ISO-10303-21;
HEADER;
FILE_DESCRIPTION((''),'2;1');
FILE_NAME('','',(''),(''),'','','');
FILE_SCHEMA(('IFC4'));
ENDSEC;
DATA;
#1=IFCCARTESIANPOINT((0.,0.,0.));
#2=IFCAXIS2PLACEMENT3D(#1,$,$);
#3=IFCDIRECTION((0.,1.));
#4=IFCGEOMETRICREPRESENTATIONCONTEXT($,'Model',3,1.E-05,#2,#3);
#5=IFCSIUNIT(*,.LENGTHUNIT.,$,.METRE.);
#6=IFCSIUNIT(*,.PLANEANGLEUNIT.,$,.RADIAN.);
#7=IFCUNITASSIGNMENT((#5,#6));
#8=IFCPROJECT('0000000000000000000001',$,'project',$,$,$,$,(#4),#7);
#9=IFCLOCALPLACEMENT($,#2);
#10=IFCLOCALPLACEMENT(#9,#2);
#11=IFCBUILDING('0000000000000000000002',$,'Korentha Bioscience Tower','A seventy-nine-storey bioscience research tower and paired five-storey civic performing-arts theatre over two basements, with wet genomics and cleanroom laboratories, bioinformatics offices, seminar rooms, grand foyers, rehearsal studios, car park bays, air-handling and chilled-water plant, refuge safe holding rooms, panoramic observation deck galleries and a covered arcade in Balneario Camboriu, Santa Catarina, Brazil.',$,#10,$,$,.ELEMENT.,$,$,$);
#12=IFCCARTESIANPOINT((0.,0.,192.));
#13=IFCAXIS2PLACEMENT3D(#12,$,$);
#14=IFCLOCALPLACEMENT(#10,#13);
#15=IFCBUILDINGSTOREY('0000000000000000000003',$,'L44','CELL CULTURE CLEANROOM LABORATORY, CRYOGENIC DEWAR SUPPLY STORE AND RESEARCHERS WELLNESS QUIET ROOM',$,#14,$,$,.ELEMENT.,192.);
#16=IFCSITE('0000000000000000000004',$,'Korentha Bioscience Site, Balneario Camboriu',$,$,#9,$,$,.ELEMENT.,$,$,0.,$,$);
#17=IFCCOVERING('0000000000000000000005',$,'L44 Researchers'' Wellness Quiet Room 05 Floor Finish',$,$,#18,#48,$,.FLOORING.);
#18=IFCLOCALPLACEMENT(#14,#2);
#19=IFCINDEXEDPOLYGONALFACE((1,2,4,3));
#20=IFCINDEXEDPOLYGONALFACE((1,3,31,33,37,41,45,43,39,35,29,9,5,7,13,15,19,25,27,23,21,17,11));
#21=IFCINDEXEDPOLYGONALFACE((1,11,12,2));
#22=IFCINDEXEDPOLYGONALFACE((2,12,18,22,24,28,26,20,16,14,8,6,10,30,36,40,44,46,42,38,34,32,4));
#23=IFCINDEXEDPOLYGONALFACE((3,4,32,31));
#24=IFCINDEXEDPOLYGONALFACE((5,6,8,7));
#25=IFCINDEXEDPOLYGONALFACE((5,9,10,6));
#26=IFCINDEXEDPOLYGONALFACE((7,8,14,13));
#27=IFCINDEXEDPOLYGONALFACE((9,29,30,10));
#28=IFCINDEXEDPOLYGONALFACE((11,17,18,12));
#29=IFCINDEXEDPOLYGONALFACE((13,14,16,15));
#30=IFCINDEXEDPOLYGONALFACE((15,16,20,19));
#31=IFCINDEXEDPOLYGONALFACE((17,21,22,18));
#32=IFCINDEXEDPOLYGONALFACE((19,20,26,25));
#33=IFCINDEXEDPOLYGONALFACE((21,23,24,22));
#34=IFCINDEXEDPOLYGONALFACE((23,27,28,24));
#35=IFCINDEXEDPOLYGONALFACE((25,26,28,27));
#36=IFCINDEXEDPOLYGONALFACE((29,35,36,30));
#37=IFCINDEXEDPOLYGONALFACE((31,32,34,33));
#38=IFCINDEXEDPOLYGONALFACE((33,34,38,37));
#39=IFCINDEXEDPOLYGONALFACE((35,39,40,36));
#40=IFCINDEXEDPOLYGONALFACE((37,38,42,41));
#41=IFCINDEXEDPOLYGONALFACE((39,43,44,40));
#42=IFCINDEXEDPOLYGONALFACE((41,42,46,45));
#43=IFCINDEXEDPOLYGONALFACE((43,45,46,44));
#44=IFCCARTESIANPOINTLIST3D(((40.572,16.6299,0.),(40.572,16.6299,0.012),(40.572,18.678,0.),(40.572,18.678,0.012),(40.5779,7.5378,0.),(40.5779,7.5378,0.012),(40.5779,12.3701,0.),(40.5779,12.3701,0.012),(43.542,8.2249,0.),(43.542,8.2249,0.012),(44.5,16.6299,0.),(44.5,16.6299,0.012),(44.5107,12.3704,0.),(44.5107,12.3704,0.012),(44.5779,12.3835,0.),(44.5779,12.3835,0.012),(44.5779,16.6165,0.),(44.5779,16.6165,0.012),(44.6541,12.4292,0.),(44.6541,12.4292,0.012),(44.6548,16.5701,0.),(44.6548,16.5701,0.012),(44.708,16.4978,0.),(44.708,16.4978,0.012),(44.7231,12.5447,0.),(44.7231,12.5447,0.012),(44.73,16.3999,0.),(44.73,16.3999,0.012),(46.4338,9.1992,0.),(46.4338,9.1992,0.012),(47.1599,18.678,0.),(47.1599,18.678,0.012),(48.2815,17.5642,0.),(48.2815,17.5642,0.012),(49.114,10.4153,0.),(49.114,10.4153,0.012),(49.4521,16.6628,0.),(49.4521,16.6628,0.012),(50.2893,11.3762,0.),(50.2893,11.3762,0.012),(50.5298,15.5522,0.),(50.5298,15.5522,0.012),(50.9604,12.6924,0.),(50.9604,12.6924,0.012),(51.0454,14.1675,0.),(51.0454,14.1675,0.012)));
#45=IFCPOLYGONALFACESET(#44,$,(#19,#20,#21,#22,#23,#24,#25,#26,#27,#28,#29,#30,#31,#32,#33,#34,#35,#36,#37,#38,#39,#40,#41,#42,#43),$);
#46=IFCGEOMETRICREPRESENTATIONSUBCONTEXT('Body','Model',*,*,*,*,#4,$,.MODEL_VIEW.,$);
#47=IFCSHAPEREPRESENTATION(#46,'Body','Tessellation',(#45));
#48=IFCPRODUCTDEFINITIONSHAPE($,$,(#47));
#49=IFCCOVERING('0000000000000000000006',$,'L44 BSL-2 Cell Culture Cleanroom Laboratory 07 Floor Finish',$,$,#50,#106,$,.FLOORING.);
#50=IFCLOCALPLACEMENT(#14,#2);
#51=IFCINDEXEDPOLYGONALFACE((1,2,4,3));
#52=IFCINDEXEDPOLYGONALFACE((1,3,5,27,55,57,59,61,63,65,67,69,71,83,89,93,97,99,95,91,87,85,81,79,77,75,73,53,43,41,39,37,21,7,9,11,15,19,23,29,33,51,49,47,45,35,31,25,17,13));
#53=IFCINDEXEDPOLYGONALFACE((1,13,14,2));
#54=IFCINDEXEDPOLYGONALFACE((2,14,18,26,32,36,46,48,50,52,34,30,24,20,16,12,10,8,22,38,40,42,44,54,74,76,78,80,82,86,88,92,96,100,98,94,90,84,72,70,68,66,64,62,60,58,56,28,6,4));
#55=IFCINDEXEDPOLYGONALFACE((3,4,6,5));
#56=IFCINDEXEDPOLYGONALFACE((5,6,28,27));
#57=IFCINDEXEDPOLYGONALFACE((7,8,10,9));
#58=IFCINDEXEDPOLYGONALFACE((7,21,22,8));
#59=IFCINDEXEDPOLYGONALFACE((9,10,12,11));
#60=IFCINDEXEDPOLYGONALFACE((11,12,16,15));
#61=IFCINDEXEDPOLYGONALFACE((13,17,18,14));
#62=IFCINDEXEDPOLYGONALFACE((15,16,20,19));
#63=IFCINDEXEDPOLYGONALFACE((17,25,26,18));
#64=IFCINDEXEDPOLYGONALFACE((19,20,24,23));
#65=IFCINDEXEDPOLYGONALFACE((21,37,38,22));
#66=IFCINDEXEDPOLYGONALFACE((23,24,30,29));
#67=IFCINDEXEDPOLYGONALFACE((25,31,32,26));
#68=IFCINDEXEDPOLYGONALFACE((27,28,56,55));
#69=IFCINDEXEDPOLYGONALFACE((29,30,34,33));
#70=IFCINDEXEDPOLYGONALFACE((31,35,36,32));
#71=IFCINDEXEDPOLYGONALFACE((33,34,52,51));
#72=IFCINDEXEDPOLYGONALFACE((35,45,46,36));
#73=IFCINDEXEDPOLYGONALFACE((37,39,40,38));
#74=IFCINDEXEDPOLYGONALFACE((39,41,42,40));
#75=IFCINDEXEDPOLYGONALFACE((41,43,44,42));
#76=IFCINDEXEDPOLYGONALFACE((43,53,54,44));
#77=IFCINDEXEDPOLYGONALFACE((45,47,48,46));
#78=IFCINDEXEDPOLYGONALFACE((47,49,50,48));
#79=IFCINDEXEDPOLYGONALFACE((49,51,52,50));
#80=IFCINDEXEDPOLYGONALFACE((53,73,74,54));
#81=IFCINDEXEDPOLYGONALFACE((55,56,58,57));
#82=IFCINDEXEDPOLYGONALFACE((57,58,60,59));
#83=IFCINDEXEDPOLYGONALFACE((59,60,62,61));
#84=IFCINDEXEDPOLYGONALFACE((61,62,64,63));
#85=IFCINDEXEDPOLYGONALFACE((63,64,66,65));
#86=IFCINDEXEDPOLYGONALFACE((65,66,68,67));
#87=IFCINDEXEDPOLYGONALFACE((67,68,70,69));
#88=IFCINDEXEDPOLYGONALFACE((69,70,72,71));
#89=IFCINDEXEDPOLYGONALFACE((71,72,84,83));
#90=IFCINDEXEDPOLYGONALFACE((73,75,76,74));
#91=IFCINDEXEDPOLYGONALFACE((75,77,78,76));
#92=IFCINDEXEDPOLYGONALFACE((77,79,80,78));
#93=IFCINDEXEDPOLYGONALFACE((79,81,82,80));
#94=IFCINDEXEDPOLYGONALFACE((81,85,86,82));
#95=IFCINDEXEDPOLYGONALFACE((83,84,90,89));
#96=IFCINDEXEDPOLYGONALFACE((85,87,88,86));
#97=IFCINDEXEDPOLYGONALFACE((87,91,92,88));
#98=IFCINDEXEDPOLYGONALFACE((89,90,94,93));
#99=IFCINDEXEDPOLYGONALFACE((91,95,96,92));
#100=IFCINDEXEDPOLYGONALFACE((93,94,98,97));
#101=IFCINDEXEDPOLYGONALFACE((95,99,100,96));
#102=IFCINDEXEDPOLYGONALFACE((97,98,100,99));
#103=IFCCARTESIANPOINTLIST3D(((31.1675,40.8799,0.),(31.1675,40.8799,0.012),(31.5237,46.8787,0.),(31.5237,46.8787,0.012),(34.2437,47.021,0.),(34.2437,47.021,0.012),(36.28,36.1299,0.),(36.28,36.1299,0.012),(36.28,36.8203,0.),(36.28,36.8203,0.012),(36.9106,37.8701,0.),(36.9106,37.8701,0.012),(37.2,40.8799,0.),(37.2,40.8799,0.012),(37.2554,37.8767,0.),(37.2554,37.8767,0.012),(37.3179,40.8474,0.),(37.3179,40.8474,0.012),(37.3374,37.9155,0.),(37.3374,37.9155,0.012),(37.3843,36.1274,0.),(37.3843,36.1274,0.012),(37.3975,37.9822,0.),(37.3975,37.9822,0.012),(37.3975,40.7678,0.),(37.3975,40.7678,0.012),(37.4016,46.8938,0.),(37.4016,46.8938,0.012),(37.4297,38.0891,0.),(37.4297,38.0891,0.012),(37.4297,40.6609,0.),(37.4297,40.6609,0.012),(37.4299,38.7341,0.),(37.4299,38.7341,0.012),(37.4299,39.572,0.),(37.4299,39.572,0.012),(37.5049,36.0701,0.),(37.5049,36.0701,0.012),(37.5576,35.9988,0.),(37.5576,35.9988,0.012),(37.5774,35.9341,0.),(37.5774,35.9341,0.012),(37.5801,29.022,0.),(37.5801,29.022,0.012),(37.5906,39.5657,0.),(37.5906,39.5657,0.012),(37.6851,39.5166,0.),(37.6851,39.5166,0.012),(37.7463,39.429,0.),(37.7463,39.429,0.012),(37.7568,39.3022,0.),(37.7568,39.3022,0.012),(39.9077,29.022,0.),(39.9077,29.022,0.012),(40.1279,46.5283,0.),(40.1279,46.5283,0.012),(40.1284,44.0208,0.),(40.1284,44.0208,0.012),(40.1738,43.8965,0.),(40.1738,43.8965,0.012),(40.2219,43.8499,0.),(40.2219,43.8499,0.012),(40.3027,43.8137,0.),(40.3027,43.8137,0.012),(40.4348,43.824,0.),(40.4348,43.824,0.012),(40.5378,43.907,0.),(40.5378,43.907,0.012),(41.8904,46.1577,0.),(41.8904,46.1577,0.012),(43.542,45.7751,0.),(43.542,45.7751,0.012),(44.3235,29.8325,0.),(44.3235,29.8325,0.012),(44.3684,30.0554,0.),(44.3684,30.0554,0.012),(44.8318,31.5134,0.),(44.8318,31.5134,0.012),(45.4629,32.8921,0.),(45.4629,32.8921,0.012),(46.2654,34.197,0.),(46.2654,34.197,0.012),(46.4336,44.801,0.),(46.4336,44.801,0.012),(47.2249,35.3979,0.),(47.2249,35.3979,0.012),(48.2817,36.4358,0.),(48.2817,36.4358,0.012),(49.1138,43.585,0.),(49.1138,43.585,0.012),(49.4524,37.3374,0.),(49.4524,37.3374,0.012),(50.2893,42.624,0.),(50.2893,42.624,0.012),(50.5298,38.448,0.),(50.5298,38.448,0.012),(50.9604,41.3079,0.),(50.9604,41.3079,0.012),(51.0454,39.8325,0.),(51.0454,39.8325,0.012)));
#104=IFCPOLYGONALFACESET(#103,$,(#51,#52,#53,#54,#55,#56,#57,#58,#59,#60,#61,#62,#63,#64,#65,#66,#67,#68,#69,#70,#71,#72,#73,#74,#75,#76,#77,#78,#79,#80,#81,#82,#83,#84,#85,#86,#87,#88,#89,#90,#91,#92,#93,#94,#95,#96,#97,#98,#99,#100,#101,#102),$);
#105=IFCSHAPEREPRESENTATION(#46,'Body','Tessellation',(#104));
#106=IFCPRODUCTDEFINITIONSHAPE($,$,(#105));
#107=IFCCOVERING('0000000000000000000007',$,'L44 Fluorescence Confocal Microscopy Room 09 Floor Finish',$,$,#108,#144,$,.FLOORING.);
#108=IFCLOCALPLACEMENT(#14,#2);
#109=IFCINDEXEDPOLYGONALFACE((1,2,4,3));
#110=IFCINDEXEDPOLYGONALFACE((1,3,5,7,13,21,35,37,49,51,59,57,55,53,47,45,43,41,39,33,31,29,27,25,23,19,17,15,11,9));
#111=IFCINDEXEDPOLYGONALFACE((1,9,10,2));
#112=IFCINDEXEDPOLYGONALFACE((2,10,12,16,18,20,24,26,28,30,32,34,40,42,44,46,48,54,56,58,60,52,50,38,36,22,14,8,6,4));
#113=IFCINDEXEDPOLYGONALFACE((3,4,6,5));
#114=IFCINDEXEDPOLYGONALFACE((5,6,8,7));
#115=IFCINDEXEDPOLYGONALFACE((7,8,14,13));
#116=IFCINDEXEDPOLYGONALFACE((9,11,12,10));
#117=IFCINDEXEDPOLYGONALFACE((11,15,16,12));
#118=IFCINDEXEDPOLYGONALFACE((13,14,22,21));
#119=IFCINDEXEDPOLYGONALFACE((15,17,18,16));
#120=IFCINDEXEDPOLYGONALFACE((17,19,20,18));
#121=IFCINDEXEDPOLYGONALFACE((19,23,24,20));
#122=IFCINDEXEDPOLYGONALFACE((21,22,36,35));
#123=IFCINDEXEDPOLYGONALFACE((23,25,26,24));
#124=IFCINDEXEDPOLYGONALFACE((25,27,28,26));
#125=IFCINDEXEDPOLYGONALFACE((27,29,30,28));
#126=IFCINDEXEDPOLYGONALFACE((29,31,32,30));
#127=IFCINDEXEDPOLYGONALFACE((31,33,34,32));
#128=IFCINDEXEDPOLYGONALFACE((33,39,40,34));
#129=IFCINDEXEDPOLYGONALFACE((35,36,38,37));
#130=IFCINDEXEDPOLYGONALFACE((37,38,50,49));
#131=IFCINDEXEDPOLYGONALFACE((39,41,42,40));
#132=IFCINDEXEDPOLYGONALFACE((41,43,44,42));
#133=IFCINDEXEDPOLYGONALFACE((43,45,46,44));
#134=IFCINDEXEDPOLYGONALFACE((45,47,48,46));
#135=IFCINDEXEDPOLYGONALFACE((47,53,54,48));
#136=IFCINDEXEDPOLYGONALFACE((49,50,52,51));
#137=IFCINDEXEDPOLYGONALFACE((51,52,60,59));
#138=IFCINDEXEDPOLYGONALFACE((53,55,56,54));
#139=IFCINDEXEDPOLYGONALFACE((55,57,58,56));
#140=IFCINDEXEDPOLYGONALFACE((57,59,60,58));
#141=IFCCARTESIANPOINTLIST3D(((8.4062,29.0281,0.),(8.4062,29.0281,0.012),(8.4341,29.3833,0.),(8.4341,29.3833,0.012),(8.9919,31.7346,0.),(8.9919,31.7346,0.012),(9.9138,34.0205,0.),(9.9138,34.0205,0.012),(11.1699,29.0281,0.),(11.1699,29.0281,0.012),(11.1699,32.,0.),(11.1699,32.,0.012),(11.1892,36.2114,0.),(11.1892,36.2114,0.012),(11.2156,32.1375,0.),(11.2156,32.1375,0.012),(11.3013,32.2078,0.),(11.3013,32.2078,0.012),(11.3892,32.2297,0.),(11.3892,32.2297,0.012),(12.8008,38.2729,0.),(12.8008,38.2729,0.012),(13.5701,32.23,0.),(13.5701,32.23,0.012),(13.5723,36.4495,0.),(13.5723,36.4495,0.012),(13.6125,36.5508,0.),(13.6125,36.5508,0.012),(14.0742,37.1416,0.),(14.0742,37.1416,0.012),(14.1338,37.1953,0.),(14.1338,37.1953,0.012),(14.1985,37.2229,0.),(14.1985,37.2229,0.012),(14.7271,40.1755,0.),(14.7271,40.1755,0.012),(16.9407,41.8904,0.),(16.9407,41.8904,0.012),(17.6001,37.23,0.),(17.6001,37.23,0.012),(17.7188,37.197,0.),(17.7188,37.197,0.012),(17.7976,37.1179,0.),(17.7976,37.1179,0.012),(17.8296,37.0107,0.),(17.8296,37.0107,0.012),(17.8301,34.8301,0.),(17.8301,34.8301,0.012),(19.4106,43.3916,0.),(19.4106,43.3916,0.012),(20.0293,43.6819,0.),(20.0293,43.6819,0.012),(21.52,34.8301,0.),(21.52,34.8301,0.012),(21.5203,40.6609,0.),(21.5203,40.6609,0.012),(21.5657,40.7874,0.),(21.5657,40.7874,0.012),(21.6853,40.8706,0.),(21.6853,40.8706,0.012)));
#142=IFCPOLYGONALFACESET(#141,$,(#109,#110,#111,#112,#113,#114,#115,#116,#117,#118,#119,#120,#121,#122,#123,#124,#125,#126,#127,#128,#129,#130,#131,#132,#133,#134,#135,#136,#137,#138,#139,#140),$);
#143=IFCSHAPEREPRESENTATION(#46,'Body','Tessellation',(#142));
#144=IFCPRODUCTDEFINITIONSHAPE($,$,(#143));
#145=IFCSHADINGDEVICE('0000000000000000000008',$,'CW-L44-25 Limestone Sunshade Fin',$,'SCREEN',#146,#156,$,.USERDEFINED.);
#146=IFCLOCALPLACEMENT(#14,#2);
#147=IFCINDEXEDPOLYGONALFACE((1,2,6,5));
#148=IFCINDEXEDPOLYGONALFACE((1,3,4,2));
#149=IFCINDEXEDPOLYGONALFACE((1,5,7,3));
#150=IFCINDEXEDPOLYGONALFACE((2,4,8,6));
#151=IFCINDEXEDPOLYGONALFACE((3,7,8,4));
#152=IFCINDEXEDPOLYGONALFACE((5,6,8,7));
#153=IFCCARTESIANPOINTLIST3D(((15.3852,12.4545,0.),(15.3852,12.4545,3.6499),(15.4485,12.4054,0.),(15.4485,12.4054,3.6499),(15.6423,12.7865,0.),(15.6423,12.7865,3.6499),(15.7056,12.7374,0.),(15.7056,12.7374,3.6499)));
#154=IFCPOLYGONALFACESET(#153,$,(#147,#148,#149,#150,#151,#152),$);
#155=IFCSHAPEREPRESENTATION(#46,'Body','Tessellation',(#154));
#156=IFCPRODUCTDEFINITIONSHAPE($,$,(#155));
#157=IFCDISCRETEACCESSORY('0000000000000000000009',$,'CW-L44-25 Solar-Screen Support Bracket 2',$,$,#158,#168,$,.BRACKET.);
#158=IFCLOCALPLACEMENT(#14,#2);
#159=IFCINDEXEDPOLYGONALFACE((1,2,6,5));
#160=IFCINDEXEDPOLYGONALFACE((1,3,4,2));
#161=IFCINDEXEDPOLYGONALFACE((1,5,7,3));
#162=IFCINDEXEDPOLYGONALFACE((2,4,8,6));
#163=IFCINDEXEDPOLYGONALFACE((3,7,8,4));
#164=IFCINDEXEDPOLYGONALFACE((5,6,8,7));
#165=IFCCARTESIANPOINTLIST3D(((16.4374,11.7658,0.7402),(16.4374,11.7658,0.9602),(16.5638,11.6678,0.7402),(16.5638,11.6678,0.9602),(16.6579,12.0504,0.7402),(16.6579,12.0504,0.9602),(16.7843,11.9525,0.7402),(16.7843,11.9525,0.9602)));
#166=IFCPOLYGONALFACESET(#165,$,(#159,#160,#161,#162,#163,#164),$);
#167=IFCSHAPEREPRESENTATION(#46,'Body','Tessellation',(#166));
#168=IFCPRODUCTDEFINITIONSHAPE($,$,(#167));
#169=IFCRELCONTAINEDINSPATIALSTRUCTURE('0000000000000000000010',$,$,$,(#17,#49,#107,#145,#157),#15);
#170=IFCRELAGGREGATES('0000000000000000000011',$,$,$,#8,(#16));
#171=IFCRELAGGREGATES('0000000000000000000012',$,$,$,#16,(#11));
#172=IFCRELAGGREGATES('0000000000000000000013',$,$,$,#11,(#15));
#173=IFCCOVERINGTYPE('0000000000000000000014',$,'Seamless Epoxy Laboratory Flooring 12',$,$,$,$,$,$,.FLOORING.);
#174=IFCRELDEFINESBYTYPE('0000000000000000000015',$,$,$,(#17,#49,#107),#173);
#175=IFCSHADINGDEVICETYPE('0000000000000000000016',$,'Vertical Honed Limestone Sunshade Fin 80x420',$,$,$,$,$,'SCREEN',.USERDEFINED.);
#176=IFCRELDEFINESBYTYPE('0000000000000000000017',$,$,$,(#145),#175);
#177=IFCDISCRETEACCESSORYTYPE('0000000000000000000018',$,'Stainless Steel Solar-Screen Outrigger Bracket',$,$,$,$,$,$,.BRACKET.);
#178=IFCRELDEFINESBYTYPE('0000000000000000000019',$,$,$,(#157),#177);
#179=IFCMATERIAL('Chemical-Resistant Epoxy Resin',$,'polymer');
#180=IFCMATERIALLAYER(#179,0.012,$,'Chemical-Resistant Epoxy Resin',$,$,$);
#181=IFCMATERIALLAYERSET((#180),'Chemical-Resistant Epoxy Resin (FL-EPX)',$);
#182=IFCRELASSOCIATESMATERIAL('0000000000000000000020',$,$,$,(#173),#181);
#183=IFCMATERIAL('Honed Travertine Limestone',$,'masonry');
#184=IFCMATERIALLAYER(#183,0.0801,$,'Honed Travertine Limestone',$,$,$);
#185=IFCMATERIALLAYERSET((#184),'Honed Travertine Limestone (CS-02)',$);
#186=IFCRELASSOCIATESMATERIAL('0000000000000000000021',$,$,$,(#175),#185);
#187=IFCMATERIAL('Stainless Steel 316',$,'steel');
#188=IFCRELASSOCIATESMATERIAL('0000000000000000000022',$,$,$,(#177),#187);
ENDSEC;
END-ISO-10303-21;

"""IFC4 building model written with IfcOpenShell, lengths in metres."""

from ifc_helpers import new_model, si_unit, direction, frame, origin, origin_2d, place, context, subcontext, project, spatial, polyline, rectangle, outline, extrude, material, layer, layer_set, type_object, element, save


model = new_model("IFC4")

# Units and contexts
model_context = context("Model", 3, precision=1e-05, world=origin(), true_north=direction((0.0, 1.0)))
body_context = subcontext(model_context, "Body", "Model", "MODEL_VIEW")
ifc_project = project(units=[si_unit("LENGTHUNIT", "METRE"), si_unit("PLANEANGLEUNIT", "RADIAN")], contexts=[model_context])

# Site, building, storey
site_placement = place(None, origin())
site = spatial("IfcSite", under=ifc_project, at=site_placement, Name="Korentha Bioscience Site, Balneario Camboriu", CompositionType="ELEMENT", RefElevation=0.0)
building_placement = place(site_placement, origin())
building = spatial("IfcBuilding", under=site, at=building_placement, Name="Korentha Bioscience Tower", Description="A seventy-nine-storey bioscience research tower and paired five-storey civic performing-arts theatre over two basements, with wet genomics and cleanroom laboratories, bioinformatics offices, seminar rooms, grand foyers, rehearsal studios, car park bays, air-handling and chilled-water plant, refuge safe holding rooms, panoramic observation deck galleries and a covered arcade in Balneario Camboriu, Santa Catarina, Brazil.", CompositionType="ELEMENT")
storey_placement = place(building_placement, frame((0.0, 0.0, 192.0)))
storey = spatial("IfcBuildingStorey", under=building, at=storey_placement, Name="L44", Description="CELL CULTURE CLEANROOM LABORATORY, CRYOGENIC DEWAR SUPPLY STORE AND RESEARCHERS WELLNESS QUIET ROOM", CompositionType="ELEMENT", Elevation=192.0)

# Coverings
ifc_material_1 = material(Name="Chemical-Resistant Epoxy Resin", Category="polymer")
ifc_layer_1 = layer(ifc_material_1, 0.012, Name="Chemical-Resistant Epoxy Resin")
ifc_layer_set_1 = layer_set([ifc_layer_1], Name="Chemical-Resistant Epoxy Resin (FL-EPX)")
covering_type_1 = type_object("IfcCoveringType", Name="Seamless Epoxy Laboratory Flooring 12", PredefinedType="FLOORING", material=ifc_layer_set_1)
covering_1_placement = place(storey_placement, origin())
element("IfcCovering", 1, at=covering_1_placement, inside=storey, type_object=covering_type_1, Name="L44 Researchers' Wellness Quiet Room 05 Floor Finish", PredefinedType="FLOORING", context=body_context, shape_type="SweptSolid", body=[
    extrude(outline(polyline([(40.572, 18.678), (47.1599, 18.678), (48.2815, 17.5642), (49.4521, 16.6628), (50.5298, 15.5522), (51.0454, 14.1675), (50.9604, 12.6924), (50.2893, 11.3762), (49.114, 10.4153), (46.4338, 9.1992), (43.542, 8.2249), (40.5779, 7.5378), (40.5779, 12.3701), (44.5107, 12.3704), (44.5779, 12.3835), (44.6541, 12.4292), (44.7231, 12.5447), (44.73, 16.3999), (44.708, 16.4978), (44.6548, 16.5701), (44.5779, 16.6165), (44.5, 16.6299), (40.572, 16.6299), (40.572, 18.678)])), origin(), (0.0, 0.0, 1.0), 0.012),
])
covering_2_placement = place(storey_placement, origin())
element("IfcCovering", 2, at=covering_2_placement, inside=storey, type_object=covering_type_1, Name="L44 BSL-2 Cell Culture Cleanroom Laboratory 07 Floor Finish", PredefinedType="FLOORING", context=body_context, shape_type="SweptSolid", body=[
    extrude(outline(polyline([(34.2437, 47.021), (37.4016, 46.8938), (40.1279, 46.5283), (40.1284, 44.0208), (40.1738, 43.8965), (40.2219, 43.8499), (40.3027, 43.8137), (40.4348, 43.824), (40.5378, 43.907), (41.8904, 46.1577), (43.542, 45.7751), (46.4336, 44.801), (49.1138, 43.585), (50.2893, 42.624), (50.9604, 41.3079), (51.0454, 39.8325), (50.5298, 38.448), (49.4524, 37.3374), (48.2817, 36.4358), (47.2249, 35.3979), (46.2654, 34.197), (45.4629, 32.8921), (44.8318, 31.5134), (44.3684, 30.0554), (44.3235, 29.8325), (39.9077, 29.022), (37.5801, 29.022), (37.5774, 35.9341), (37.5576, 35.9988), (37.5049, 36.0701), (37.3843, 36.1274), (36.28, 36.1299), (36.28, 36.8203), (36.9106, 37.8701), (37.2554, 37.8767), (37.3374, 37.9155), (37.3975, 37.9822), (37.4297, 38.0891), (37.4299, 38.7341), (37.7568, 39.3022), (37.7463, 39.429), (37.6851, 39.5166), (37.5906, 39.5657), (37.4299, 39.572), (37.4297, 40.6609), (37.3975, 40.7678), (37.3179, 40.8474), (37.2, 40.8799), (31.1675, 40.8799), (31.5237, 46.8787), (34.2437, 47.021)])), origin(), (0.0, 0.0, 1.0), 0.012),
])
covering_3_placement = place(storey_placement, origin())
element("IfcCovering", 3, at=covering_3_placement, inside=storey, type_object=covering_type_1, Name="L44 Fluorescence Confocal Microscopy Room 09 Floor Finish", PredefinedType="FLOORING", context=body_context, shape_type="SweptSolid", body=[
    extrude(outline(polyline([(8.9919, 31.7346), (9.9138, 34.0205), (11.1892, 36.2114), (12.8008, 38.2729), (14.7271, 40.1755), (16.9407, 41.8904), (19.4106, 43.3916), (20.0293, 43.6819), (21.6853, 40.8706), (21.5657, 40.7874), (21.5203, 40.6609), (21.52, 34.8301), (17.8301, 34.8301), (17.8296, 37.0107), (17.7976, 37.1179), (17.7188, 37.197), (17.6001, 37.23), (14.1985, 37.2229), (14.1338, 37.1953), (14.0742, 37.1416), (13.6125, 36.5508), (13.5723, 36.4495), (13.5701, 32.23), (11.3892, 32.2297), (11.3013, 32.2078), (11.2156, 32.1375), (11.1699, 32.0), (11.1699, 29.0281), (8.4062, 29.0281), (8.4341, 29.3833), (8.9919, 31.7346)])), origin(), (0.0, 0.0, 1.0), 0.012),
])

# Shading device
ifc_material_2 = material(Name="Honed Travertine Limestone", Category="masonry")
ifc_layer_2 = layer(ifc_material_2, 0.0801, Name="Honed Travertine Limestone")
ifc_layer_set_2 = layer_set([ifc_layer_2], Name="Honed Travertine Limestone (CS-02)")
shading_device_type_1 = type_object("IfcShadingDeviceType", Name="Vertical Honed Limestone Sunshade Fin 80x420", ElementType="SCREEN", PredefinedType="USERDEFINED", material=ifc_layer_set_2)
shading_device_1_placement = place(storey_placement, frame((15.5454, 12.5959, 0.0), z_axis=(0.0, 0.0, 1.0), x_axis=(0.790547, -0.612402, 0.0)))
element("IfcShadingDevice", 4, at=shading_device_1_placement, inside=storey, type_object=shading_device_type_1, Name="CW-L44-25 Limestone Sunshade Fin", ObjectType="SCREEN", PredefinedType="USERDEFINED", context=body_context, shape_type="SweptSolid", body=[
    extrude(rectangle(XDim=0.0801, YDim=0.4199, at=origin_2d()), origin(), (0.0, 0.0, 1.0), 3.6499),
])

# Discrete accessory
ifc_material_3 = material(Name="Stainless Steel 316", Category="steel")
discrete_accessory_type = type_object("IfcDiscreteAccessoryType", Name="Stainless Steel Solar-Screen Outrigger Bracket", PredefinedType="BRACKET", material=ifc_material_3)
discrete_accessory_placement = place(storey_placement, frame((16.6108, 11.8591, 0.7402), z_axis=(0.0, 0.0, 1.0), x_axis=(0.790547, -0.612402, 0.0)))
element("IfcDiscreteAccessory", 5, at=discrete_accessory_placement, inside=storey, type_object=discrete_accessory_type, Name="CW-L44-25 Solar-Screen Support Bracket 2", PredefinedType="BRACKET", context=body_context, shape_type="SweptSolid", body=[
    extrude(rectangle(XDim=0.1599, YDim=0.3601, at=origin_2d()), origin(), (0.0, 0.0, 1.0), 0.22),
])

save(model, "model.ifc")
